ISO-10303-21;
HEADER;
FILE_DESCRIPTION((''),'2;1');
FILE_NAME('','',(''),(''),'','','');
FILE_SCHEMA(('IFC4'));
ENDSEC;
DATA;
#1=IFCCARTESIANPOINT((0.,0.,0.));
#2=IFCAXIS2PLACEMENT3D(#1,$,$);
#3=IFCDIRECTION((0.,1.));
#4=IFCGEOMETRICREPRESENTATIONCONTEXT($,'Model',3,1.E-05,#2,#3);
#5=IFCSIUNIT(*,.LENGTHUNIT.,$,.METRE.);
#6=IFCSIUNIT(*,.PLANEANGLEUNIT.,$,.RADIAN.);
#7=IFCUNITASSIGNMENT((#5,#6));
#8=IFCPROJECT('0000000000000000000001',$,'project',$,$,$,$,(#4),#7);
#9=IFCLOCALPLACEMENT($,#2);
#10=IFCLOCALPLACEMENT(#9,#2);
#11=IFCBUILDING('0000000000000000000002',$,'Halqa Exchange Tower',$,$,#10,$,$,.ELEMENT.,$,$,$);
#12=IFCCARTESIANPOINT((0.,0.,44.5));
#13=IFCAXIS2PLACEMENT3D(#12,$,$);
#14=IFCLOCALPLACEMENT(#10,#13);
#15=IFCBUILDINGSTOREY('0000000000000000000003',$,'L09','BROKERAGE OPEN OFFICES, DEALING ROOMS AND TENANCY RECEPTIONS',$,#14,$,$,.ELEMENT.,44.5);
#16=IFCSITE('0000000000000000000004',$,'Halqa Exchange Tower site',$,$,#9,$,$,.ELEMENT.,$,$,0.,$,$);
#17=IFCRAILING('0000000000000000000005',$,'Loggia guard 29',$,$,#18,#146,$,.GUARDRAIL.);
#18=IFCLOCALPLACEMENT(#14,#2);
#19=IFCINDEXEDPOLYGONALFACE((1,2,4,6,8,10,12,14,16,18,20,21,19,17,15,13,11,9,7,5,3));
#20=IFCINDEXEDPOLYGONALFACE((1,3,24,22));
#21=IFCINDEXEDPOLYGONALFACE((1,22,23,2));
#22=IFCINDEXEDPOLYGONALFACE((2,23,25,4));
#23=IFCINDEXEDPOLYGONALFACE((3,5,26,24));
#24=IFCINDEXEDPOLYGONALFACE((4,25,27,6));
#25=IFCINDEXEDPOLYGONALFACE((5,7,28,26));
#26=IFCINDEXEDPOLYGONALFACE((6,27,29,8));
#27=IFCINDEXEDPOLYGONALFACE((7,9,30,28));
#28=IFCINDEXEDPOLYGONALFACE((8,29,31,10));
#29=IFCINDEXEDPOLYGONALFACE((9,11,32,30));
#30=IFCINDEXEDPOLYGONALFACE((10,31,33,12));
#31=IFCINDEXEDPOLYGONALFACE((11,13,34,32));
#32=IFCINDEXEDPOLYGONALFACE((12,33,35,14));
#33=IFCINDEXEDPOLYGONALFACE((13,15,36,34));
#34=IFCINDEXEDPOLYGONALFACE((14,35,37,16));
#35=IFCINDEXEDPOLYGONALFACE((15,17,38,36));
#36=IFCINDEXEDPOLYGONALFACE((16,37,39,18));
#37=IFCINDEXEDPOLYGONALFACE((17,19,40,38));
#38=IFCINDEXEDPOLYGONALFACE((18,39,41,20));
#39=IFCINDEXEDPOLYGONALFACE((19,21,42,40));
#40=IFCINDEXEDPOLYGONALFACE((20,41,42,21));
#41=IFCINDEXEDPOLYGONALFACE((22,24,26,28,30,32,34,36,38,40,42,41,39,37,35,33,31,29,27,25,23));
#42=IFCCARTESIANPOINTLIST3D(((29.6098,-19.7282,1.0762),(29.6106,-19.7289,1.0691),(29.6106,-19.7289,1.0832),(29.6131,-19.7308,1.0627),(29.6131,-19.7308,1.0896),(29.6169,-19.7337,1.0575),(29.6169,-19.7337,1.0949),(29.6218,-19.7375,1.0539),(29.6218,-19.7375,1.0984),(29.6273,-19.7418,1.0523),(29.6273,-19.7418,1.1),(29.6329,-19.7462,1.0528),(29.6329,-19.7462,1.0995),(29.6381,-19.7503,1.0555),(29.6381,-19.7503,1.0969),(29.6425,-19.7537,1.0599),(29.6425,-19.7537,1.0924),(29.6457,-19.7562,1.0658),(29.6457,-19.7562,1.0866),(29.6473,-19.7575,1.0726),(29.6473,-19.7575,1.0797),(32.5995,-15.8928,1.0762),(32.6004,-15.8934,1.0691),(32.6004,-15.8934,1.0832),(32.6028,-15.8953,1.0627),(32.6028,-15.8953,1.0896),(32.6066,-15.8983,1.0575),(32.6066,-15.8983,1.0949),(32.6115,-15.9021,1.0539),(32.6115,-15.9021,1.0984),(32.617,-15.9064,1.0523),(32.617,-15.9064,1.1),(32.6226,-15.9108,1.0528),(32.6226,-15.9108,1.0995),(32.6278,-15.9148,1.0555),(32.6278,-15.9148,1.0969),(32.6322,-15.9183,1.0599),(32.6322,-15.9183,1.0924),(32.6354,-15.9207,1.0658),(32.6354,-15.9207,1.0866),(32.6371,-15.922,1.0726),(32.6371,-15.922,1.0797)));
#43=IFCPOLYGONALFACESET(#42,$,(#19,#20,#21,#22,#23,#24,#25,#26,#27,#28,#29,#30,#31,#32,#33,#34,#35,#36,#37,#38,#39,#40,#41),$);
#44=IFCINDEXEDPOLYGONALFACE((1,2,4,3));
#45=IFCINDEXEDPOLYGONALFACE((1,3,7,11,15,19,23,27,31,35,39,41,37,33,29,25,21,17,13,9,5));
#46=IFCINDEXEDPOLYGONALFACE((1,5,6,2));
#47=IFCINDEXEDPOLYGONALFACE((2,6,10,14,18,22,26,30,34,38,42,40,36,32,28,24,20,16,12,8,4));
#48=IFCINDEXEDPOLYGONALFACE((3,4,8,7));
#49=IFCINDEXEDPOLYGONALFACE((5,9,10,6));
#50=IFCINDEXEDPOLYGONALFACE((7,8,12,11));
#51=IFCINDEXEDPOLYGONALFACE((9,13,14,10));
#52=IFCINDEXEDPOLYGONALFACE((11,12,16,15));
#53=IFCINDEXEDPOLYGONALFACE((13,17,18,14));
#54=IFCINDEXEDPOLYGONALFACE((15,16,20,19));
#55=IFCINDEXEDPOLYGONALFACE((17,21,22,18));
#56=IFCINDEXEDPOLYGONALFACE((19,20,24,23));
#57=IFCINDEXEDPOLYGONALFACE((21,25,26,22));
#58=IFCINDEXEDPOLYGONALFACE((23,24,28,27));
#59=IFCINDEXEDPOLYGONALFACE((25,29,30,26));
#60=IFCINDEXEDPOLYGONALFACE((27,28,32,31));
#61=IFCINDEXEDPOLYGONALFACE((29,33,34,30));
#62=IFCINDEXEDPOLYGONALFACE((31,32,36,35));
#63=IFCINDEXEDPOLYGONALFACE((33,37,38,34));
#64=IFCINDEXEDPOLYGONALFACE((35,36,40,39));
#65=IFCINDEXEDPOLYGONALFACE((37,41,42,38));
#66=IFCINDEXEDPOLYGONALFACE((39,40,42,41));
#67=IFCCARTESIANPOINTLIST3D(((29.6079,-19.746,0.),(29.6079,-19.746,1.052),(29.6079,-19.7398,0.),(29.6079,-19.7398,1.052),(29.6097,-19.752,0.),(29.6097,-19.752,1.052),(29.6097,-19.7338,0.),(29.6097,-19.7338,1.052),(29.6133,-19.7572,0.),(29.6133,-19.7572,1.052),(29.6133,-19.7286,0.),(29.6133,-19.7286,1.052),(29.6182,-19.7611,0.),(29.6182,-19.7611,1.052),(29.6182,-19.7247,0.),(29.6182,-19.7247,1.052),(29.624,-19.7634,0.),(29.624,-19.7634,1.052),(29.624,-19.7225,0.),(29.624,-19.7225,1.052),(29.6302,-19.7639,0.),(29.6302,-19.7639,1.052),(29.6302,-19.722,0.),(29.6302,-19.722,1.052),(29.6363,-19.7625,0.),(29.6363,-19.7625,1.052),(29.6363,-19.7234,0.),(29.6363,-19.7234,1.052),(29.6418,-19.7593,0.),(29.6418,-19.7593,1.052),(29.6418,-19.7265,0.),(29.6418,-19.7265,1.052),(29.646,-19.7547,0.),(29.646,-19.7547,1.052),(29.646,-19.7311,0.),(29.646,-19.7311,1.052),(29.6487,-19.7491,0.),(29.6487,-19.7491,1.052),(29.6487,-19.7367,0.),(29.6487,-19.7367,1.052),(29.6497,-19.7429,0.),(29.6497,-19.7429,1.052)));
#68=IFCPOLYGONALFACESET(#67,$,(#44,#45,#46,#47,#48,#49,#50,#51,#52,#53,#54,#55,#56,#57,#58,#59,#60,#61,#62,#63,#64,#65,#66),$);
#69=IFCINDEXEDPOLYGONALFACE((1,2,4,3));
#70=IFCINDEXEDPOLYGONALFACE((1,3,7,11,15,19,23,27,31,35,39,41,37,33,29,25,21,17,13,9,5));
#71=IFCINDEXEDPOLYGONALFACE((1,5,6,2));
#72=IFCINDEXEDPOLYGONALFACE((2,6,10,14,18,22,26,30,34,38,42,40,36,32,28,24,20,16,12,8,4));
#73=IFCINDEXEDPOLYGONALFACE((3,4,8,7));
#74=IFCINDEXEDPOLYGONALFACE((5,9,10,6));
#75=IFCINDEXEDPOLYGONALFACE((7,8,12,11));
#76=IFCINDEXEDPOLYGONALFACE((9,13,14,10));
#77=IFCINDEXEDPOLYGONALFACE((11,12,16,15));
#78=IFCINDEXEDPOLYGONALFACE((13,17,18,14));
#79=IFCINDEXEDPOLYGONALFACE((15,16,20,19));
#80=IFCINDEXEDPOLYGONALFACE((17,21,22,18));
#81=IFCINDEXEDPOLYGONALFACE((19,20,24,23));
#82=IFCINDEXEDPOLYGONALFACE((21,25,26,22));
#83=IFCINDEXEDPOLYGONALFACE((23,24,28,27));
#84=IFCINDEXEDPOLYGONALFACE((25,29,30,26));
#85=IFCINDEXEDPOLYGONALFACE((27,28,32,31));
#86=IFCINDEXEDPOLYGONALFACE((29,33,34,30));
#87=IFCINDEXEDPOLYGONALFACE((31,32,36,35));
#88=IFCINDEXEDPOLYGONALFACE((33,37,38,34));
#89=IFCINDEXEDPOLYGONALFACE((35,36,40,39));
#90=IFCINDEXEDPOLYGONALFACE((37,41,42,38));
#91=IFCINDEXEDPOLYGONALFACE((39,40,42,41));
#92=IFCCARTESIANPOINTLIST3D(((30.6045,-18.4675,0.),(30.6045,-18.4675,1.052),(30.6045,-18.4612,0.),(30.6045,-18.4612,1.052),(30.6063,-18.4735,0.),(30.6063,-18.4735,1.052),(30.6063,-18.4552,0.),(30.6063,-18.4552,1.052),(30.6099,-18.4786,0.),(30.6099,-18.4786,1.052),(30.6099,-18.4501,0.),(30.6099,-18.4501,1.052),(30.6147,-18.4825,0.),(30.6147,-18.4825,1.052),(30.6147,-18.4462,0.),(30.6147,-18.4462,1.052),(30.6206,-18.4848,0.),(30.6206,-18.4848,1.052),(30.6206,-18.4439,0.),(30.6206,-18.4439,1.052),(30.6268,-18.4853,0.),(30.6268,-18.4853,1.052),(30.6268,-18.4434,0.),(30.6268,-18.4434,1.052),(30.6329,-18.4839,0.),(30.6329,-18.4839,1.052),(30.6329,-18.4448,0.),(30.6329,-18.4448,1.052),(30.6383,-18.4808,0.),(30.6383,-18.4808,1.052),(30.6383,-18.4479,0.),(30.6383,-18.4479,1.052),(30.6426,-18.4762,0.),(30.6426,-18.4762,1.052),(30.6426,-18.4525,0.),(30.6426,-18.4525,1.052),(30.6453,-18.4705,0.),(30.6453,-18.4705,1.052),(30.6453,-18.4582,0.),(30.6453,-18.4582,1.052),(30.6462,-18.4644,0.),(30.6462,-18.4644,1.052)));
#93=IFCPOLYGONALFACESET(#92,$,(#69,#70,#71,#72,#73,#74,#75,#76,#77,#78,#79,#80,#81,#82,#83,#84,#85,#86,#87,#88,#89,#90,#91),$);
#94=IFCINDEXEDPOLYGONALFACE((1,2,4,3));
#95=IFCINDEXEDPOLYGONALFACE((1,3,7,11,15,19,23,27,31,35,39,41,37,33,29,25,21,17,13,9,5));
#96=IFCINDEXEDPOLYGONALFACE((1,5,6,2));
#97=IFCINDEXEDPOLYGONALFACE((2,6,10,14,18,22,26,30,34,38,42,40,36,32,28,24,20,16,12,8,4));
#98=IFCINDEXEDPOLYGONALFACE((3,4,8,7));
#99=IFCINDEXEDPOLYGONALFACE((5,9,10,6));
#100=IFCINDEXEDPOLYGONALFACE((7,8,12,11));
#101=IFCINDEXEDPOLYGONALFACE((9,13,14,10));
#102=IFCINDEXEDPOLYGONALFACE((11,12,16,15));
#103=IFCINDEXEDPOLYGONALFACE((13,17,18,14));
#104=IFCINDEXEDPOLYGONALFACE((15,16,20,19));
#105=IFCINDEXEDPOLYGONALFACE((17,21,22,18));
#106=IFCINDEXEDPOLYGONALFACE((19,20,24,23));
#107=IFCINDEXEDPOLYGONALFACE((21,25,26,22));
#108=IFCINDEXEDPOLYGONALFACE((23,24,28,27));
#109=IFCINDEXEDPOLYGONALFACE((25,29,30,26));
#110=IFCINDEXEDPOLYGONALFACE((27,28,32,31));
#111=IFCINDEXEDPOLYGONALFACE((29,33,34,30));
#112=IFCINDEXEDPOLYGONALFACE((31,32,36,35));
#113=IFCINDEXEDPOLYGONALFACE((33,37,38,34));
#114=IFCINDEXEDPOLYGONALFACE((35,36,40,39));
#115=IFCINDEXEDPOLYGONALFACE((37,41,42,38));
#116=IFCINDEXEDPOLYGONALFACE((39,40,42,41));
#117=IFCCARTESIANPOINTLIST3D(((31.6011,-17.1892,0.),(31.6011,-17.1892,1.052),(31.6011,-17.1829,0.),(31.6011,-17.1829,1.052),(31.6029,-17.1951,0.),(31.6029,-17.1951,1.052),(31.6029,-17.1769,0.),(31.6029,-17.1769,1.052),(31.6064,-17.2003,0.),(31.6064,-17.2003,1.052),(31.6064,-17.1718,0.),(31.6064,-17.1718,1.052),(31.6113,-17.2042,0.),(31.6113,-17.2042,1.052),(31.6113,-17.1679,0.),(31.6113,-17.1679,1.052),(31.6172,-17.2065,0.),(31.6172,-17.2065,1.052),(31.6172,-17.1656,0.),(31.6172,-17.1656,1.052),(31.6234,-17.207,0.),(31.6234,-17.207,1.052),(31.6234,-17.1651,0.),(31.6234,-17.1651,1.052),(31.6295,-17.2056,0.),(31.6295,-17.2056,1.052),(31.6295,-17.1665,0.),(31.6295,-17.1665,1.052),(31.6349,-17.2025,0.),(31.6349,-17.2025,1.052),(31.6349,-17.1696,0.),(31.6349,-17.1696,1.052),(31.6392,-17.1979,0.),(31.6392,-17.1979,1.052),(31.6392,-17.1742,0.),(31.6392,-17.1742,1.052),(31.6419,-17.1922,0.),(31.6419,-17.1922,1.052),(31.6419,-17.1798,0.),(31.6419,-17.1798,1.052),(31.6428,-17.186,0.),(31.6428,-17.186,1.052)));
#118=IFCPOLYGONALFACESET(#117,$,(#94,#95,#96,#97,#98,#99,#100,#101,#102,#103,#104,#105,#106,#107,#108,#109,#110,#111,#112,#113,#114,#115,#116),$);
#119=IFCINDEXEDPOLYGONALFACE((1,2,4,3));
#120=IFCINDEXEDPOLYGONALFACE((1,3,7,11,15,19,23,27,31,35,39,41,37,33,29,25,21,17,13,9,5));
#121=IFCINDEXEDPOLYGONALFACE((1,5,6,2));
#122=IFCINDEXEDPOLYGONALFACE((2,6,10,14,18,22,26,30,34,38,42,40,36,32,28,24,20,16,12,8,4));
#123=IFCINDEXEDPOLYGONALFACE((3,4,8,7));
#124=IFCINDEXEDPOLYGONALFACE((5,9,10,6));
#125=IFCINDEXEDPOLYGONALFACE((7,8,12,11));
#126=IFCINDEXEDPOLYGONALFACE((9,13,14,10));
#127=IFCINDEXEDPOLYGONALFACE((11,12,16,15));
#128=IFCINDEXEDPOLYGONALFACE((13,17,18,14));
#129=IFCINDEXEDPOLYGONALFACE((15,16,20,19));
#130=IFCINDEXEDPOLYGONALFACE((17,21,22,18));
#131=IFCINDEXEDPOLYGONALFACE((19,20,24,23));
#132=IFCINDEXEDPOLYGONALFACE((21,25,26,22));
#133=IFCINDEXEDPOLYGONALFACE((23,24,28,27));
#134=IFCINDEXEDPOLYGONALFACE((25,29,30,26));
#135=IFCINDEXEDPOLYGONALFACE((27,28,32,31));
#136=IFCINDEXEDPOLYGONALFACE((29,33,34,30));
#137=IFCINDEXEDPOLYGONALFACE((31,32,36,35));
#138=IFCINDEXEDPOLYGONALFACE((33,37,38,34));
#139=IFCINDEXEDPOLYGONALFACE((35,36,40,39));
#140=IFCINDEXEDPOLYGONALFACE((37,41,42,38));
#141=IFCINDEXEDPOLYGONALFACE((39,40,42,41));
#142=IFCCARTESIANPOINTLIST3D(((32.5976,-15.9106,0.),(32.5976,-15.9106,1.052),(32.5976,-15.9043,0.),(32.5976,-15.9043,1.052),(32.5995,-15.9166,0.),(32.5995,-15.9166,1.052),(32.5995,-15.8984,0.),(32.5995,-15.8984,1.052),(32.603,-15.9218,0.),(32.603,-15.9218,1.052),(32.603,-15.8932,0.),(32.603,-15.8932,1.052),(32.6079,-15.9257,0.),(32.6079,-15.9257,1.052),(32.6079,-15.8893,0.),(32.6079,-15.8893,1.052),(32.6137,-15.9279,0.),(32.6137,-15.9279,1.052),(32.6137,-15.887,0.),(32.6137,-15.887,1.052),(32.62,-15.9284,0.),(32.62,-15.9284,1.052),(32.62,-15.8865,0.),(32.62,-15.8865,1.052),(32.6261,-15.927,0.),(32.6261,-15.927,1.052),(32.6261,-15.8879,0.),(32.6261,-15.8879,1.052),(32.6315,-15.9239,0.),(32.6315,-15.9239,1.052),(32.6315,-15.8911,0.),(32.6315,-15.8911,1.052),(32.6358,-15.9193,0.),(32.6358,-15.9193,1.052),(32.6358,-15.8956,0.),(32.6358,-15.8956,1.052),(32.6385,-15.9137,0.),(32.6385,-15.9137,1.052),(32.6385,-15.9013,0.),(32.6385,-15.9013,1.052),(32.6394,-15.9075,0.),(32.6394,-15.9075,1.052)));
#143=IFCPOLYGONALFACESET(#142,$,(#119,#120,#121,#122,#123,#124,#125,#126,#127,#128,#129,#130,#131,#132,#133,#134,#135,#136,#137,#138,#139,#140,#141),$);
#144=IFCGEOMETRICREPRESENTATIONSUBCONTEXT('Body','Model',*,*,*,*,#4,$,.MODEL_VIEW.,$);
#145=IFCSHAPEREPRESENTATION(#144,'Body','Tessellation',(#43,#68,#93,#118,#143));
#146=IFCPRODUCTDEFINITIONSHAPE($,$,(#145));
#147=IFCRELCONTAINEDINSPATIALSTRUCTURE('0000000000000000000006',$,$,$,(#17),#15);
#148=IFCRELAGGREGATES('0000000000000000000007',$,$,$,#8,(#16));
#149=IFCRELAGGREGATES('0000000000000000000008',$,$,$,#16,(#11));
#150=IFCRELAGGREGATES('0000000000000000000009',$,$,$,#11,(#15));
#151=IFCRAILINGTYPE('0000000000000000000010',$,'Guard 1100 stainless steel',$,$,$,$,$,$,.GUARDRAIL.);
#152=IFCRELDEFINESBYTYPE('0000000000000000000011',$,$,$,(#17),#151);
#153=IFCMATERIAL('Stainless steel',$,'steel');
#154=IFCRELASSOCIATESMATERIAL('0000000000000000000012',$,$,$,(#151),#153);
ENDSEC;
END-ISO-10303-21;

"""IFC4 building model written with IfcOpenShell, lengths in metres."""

from ifc_helpers import new_model, si_unit, direction, frame, origin, origin_2d, place, context, subcontext, project, spatial, circle, extrude, material, type_object, element, save


model = new_model("IFC4")

# Units and contexts
model_context = context("Model", 3, precision=1e-05, world=origin(), true_north=direction((0.0, 1.0)))
body_context = subcontext(model_context, "Body", "Model", "MODEL_VIEW")
ifc_project = project(units=[si_unit("LENGTHUNIT", "METRE"), si_unit("PLANEANGLEUNIT", "RADIAN")], contexts=[model_context])

# Site, building, storey
site_placement = place(None, origin())
site = spatial("IfcSite", under=ifc_project, at=site_placement, Name="Halqa Exchange Tower site", CompositionType="ELEMENT", RefElevation=0.0)
building_placement = place(site_placement, origin())
building = spatial("IfcBuilding", under=site, at=building_placement, Name="Halqa Exchange Tower", CompositionType="ELEMENT")
storey_placement = place(building_placement, frame((0.0, 0.0, 44.5)))
storey = spatial("IfcBuildingStorey", under=building, at=storey_placement, Name="L09", Description="BROKERAGE OPEN OFFICES, DEALING ROOMS AND TENANCY RECEPTIONS", CompositionType="ELEMENT", Elevation=44.5)

# Railing
ifc_material_1 = material(Name="Stainless steel", Category="steel")
railing_type = type_object("IfcRailingType", Name="Guard 1100 stainless steel", PredefinedType="GUARDRAIL", material=ifc_material_1)
railing_1_placement = place(storey_placement, frame((29.6287, -19.7429, 0.0)))
element("IfcRailing", 1, at=railing_1_placement, inside=storey, type_object=railing_type, Name="Loggia guard 29", PredefinedType="GUARDRAIL", context=body_context, shape_type="SweptSolid", body=[
    extrude(circle(Radius=0.0239, at=origin_2d()), frame((0.0, 0.0, 1.0762), z_axis=(0.614788, 0.788692, 0.0), x_axis=(-0.788692, 0.614788, 0.0)), (0.0, 0.0, 1.0), 4.863),
    extrude(circle(Radius=0.021, at=origin_2d()), origin(), (0.0, 0.0, 1.0), 1.052),
    extrude(circle(Radius=0.021, at=origin_2d()), frame((0.9966, 1.2786, 0.0)), (0.0, 0.0, 1.0), 1.052),
    extrude(circle(Radius=0.021, at=origin_2d()), frame((1.9932, 2.5569, 0.0)), (0.0, 0.0, 1.0), 1.052),
    extrude(circle(Radius=0.021, at=origin_2d()), frame((2.9897, 3.8354, 0.0)), (0.0, 0.0, 1.0), 1.052),
])

save(model, "model.ifc")
